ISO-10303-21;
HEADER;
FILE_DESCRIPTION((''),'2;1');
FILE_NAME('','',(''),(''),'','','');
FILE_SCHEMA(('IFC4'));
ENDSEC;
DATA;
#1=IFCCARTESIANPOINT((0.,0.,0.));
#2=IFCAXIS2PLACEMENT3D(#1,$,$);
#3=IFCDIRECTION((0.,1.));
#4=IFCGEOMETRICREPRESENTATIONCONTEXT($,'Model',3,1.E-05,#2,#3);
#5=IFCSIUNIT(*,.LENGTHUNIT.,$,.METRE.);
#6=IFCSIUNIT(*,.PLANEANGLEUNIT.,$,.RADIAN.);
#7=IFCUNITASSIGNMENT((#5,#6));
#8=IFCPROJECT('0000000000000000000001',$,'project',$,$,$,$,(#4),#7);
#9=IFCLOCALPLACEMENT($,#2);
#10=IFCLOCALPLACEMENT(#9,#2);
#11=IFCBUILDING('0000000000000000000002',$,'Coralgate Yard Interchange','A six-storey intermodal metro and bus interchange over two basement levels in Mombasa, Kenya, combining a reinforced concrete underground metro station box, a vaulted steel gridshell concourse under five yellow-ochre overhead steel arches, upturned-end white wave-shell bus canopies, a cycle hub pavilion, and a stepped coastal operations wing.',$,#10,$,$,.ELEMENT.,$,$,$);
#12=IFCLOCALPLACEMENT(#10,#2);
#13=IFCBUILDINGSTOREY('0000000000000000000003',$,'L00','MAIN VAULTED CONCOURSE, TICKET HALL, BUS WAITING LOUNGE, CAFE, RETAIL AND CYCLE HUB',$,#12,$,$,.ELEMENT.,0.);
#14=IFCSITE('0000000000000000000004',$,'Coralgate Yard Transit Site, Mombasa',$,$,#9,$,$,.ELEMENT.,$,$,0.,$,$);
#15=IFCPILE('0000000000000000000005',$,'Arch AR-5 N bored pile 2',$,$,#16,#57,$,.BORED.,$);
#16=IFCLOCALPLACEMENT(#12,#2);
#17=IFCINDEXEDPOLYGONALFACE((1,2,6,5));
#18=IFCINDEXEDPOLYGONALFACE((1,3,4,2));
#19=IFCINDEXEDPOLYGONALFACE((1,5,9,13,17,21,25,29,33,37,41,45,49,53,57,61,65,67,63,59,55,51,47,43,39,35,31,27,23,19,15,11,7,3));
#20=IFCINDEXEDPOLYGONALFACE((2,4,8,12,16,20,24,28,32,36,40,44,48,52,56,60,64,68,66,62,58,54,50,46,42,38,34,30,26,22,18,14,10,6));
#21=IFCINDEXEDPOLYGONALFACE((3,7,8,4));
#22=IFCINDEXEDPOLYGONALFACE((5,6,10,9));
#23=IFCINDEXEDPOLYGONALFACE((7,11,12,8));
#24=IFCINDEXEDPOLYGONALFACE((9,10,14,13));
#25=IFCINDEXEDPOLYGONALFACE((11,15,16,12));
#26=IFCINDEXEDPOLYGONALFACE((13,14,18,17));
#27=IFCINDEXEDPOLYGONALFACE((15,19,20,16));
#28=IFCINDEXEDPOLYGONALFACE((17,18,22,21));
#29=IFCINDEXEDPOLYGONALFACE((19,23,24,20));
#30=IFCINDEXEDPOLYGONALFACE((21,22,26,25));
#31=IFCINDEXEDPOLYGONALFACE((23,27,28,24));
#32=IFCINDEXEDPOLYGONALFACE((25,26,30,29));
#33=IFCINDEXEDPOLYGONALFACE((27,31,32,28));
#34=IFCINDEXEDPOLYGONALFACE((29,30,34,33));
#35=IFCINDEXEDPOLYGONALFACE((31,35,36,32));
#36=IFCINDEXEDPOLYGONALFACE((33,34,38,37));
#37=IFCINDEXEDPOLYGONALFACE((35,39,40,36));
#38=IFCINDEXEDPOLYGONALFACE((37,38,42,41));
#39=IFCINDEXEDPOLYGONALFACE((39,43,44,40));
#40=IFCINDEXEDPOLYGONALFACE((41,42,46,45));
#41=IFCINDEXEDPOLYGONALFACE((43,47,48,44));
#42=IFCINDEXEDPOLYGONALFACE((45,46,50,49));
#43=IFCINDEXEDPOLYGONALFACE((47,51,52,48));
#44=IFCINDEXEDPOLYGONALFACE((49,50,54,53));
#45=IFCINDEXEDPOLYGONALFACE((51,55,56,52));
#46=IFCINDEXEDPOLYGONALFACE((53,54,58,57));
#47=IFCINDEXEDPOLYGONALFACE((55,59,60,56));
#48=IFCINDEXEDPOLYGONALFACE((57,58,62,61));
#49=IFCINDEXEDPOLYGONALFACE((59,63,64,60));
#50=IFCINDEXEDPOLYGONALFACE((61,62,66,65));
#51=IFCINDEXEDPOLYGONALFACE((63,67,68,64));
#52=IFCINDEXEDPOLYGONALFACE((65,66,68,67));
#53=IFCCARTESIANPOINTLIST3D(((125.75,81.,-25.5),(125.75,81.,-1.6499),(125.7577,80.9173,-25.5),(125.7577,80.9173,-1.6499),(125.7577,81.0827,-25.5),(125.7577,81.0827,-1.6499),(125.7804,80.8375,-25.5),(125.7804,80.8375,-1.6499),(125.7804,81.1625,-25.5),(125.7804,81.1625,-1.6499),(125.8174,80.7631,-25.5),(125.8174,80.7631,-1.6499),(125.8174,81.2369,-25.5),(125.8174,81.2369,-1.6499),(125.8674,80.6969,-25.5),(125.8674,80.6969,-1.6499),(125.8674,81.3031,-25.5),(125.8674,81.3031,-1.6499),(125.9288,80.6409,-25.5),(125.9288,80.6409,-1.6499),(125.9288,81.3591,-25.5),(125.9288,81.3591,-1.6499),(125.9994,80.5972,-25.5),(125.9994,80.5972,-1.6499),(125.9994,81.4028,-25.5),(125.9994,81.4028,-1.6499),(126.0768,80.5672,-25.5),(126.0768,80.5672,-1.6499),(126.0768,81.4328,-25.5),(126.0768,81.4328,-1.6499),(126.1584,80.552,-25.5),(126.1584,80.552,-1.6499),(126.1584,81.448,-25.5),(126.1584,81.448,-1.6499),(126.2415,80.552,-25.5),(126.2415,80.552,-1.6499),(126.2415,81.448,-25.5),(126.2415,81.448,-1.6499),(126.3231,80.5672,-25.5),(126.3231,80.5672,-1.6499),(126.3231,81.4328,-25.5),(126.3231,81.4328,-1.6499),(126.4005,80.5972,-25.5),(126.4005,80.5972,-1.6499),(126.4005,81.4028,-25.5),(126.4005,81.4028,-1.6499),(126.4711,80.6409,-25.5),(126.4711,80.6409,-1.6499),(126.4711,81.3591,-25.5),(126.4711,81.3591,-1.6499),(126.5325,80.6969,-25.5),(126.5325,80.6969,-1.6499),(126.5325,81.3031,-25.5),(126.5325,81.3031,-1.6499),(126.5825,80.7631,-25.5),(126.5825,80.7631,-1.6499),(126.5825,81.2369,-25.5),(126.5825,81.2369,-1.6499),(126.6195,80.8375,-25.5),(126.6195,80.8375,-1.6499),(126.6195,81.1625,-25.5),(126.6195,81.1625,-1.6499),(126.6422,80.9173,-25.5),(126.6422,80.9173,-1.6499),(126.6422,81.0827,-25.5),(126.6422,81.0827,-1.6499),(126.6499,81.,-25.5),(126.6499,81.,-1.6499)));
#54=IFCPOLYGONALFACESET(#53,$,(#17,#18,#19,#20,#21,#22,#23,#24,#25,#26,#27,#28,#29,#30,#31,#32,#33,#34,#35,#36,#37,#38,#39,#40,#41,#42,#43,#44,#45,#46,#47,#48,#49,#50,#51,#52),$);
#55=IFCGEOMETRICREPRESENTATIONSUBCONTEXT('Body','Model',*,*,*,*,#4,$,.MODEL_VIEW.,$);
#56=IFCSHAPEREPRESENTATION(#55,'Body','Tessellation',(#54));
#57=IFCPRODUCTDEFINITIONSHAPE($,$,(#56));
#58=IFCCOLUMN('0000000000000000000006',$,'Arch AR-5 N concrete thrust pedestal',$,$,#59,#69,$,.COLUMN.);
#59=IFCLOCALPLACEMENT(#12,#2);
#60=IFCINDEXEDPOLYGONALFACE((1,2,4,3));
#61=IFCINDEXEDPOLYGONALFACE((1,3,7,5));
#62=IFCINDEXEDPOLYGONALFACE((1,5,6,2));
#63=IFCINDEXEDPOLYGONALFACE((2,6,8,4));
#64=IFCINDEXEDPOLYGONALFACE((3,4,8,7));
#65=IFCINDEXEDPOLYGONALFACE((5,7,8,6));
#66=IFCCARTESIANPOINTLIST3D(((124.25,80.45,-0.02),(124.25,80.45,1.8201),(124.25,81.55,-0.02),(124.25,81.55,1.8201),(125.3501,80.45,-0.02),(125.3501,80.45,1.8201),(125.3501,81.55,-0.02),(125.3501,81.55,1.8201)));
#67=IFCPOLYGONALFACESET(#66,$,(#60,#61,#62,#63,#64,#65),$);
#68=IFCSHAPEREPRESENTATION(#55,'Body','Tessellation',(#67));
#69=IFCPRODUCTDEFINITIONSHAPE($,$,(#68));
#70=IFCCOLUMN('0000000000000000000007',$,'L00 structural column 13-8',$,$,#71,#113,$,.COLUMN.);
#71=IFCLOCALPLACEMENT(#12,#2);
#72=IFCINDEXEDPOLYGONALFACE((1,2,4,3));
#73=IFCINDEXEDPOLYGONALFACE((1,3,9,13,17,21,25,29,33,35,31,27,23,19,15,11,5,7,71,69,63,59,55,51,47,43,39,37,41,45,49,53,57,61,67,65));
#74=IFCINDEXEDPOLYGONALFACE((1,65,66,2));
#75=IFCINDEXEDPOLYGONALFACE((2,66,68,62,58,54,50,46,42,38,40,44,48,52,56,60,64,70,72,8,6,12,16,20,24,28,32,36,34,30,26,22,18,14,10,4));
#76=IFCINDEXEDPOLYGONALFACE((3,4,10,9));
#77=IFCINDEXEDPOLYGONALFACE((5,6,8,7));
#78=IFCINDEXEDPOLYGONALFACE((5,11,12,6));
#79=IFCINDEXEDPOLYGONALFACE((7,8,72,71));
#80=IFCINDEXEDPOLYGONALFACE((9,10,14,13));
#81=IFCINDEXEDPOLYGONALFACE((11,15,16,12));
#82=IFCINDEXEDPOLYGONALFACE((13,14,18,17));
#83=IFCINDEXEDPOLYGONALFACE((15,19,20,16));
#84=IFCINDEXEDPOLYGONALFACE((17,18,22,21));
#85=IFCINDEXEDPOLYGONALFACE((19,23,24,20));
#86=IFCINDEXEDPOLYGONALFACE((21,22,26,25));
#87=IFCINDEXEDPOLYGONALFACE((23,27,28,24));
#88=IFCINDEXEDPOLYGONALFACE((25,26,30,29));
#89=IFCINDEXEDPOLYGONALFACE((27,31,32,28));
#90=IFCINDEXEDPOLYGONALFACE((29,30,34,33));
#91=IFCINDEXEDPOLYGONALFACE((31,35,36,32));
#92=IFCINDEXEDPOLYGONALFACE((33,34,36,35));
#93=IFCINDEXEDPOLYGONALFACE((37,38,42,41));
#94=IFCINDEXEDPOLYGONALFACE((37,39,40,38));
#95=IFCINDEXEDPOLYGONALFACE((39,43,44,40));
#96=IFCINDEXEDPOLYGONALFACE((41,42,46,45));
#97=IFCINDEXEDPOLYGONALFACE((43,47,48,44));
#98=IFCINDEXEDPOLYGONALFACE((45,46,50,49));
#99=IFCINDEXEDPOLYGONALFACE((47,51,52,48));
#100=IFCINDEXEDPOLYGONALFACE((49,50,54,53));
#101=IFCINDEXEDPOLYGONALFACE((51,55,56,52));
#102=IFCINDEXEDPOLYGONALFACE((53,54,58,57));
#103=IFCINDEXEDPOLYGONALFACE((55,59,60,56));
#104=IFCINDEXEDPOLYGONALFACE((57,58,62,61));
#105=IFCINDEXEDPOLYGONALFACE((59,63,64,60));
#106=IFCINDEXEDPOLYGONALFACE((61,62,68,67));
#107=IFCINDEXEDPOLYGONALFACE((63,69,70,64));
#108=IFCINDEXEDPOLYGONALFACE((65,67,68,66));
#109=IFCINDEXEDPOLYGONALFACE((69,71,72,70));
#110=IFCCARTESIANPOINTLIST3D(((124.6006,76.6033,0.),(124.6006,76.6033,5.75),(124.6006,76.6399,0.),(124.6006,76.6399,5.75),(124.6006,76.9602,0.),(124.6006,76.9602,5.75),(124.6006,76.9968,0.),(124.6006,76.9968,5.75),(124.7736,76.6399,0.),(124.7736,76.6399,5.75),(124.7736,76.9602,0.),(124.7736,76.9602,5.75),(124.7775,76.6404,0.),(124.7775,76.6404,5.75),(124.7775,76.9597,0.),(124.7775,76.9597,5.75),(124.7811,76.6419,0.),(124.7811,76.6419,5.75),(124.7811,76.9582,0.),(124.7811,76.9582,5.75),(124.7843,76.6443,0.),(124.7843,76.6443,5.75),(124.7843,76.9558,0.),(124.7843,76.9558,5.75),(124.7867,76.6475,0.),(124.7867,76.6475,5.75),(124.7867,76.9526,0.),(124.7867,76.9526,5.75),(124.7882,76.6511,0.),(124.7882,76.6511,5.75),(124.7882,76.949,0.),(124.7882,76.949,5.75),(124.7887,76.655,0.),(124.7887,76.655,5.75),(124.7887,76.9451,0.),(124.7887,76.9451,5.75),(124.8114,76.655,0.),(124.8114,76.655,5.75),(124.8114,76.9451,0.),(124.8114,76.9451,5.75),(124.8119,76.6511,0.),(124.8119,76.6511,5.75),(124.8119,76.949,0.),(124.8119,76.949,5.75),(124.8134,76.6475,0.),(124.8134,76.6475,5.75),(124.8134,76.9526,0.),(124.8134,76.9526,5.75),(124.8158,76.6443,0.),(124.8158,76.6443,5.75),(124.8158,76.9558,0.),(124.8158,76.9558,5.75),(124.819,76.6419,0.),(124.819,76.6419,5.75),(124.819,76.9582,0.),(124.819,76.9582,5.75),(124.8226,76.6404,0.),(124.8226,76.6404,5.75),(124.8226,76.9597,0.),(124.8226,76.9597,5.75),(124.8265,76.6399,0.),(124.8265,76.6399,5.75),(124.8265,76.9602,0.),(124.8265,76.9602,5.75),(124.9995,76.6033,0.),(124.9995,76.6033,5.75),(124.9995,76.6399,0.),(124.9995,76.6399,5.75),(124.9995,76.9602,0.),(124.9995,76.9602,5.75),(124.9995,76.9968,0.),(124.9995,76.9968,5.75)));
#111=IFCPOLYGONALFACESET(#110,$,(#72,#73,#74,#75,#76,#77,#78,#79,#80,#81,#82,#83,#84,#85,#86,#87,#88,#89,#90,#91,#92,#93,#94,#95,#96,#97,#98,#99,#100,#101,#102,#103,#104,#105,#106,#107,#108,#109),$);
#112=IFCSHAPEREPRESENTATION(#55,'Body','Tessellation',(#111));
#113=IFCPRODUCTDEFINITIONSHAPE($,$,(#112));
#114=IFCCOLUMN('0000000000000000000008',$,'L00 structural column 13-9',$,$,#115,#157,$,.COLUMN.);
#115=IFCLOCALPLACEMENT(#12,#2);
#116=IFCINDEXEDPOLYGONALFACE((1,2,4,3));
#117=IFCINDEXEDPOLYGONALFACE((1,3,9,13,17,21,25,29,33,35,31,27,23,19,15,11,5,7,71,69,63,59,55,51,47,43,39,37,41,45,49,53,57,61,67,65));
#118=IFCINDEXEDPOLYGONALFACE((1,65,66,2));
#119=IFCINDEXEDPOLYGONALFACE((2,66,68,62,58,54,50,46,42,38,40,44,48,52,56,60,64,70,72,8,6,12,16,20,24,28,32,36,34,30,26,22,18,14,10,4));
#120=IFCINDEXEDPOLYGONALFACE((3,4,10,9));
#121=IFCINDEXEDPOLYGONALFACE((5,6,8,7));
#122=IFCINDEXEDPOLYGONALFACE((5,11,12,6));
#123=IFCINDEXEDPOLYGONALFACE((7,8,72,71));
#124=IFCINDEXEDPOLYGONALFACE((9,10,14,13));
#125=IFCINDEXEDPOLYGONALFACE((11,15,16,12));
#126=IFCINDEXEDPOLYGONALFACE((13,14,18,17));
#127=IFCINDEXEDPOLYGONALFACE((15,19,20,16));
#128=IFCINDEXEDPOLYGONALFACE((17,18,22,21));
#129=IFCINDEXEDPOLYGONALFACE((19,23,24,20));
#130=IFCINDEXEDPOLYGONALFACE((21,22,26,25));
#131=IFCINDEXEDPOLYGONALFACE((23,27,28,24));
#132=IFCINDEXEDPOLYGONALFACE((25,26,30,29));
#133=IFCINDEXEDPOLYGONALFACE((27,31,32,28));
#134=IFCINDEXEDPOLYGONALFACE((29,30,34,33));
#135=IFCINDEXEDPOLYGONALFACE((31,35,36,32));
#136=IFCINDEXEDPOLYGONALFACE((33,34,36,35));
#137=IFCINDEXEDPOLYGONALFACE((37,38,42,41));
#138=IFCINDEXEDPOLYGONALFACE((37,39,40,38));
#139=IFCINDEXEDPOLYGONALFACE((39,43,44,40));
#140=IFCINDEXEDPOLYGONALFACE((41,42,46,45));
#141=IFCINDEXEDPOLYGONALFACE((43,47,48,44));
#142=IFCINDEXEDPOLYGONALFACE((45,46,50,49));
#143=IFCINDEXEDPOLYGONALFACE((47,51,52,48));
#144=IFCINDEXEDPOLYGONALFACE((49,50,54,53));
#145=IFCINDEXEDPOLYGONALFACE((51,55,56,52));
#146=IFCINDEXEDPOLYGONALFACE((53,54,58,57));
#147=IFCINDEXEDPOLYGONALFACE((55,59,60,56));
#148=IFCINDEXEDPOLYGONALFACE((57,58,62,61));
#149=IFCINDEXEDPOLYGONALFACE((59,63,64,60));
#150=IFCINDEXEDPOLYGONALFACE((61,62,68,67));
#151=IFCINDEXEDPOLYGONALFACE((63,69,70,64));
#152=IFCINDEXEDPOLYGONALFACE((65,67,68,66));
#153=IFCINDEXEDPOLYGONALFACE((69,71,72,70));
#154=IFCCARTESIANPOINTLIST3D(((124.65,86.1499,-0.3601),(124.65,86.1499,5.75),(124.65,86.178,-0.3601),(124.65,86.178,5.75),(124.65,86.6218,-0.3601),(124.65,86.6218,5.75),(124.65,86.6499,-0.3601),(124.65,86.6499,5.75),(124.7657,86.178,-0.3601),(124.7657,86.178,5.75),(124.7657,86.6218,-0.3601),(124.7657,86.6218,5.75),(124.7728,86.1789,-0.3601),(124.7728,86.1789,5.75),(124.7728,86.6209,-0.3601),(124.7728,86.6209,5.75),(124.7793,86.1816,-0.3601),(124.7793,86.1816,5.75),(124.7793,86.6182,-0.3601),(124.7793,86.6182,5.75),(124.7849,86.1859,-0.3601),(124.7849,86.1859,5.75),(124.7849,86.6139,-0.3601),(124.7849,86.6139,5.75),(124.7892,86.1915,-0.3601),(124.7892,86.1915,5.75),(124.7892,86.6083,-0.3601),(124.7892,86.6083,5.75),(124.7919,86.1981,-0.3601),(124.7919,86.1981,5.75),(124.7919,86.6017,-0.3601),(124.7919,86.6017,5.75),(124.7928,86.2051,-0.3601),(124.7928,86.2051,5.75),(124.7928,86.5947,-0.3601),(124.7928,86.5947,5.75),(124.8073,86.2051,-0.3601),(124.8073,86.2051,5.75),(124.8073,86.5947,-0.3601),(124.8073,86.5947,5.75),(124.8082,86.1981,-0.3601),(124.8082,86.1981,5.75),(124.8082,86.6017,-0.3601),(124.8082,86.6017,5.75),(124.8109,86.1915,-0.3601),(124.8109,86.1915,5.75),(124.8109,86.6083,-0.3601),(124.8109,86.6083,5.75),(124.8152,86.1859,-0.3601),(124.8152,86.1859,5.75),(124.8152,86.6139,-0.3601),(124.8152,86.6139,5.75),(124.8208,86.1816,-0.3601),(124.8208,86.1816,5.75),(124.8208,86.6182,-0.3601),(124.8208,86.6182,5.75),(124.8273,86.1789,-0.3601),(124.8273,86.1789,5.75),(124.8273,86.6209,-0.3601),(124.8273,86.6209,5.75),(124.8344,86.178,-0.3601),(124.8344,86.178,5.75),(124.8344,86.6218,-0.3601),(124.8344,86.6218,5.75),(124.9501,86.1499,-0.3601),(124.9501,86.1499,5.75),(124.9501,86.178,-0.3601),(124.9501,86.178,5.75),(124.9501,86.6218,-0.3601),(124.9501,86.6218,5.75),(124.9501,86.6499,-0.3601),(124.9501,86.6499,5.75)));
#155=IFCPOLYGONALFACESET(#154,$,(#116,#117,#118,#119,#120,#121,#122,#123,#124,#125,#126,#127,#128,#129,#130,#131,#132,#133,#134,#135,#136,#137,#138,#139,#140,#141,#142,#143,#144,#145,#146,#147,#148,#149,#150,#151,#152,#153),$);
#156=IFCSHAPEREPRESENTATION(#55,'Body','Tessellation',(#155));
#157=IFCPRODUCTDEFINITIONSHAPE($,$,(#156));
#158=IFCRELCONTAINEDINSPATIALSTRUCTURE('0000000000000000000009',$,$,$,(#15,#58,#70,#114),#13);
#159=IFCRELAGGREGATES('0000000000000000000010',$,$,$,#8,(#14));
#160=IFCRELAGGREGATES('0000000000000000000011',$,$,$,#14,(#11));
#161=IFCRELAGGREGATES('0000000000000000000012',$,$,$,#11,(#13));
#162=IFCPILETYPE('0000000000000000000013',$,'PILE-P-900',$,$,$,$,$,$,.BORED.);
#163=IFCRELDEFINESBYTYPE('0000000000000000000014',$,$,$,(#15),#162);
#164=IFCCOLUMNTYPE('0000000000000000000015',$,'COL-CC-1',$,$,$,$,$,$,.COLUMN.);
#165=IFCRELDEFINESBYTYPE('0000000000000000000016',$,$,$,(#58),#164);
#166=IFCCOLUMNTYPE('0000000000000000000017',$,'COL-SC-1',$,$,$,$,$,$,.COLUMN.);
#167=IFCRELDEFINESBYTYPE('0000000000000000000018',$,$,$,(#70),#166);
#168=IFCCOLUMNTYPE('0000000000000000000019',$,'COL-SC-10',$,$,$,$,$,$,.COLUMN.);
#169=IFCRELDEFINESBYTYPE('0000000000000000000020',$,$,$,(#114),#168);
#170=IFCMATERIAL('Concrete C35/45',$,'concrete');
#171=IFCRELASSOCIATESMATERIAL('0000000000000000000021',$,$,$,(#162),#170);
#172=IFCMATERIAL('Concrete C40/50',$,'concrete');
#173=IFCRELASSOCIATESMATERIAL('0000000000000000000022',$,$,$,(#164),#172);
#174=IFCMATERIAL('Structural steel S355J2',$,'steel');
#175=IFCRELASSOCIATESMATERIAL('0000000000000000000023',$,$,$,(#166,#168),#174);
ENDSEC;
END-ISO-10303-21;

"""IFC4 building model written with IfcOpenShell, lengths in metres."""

from ifc_helpers import new_model, si_unit, direction, frame, origin, origin_2d, place, context, subcontext, project, spatial, rectangle, circle, i_section, extrude, material, material_profile, profile_set, type_object, element, save


model = new_model("IFC4")

# Units and contexts
model_context = context("Model", 3, precision=1e-05, world=origin(), true_north=direction((0.0, 1.0)))
body_context = subcontext(model_context, "Body", "Model", "MODEL_VIEW")
ifc_project = project(units=[si_unit("LENGTHUNIT", "METRE"), si_unit("PLANEANGLEUNIT", "RADIAN")], contexts=[model_context])

# Site, building, storey
site_placement = place(None, origin())
site = spatial("IfcSite", under=ifc_project, at=site_placement, Name="Coralgate Yard Transit Site, Mombasa", CompositionType="ELEMENT", RefElevation=0.0)
building_placement = place(site_placement, origin())
building = spatial("IfcBuilding", under=site, at=building_placement, Name="Coralgate Yard Interchange", Description="A six-storey intermodal metro and bus interchange over two basement levels in Mombasa, Kenya, combining a reinforced concrete underground metro station box, a vaulted steel gridshell concourse under five yellow-ochre overhead steel arches, upturned-end white wave-shell bus canopies, a cycle hub pavilion, and a stepped coastal operations wing.", CompositionType="ELEMENT")
storey_placement = place(building_placement, origin())
storey = spatial("IfcBuildingStorey", under=building, at=storey_placement, Name="L00", Description="MAIN VAULTED CONCOURSE, TICKET HALL, BUS WAITING LOUNGE, CAFE, RETAIL AND CYCLE HUB", CompositionType="ELEMENT", Elevation=0.0)

# Shared definitions
ifc_material_1 = material(Name="Concrete C40/50", Category="concrete")

# Pile
ifc_material_2 = material(Name="Concrete C35/45", Category="concrete")
ifc_material_profile_1 = material_profile(ifc_material_2, circle(Radius=0.45, at=origin_2d()), Name="BORED PILE D900")
ifc_profile_set_1 = profile_set([ifc_material_profile_1], Name="Concrete C35/45")
pile_type = type_object("IfcPileType", Name="PILE-P-900", PredefinedType="BORED", material=ifc_profile_set_1)
for number, where, z_axis, x_axis, name in (
    (1, (126.2, 81.0, -1.6499), (0.0, 0.0, -1.0), (1.0, 0.0, 0.0), "Arch AR-5 N bored pile 2"),
):
    element("IfcPile", number, at=place(storey_placement, frame(where, z_axis=z_axis, x_axis=x_axis)), inside=storey, type_object=pile_type, Name=name, PredefinedType="BORED", context=body_context, shape_type="SweptSolid", body=[
        extrude(circle(Radius=0.45, at=origin_2d()), origin(), (0.0, 0.0, 1.0), 23.8501),
    ])

# Columns
ifc_material_profile_2 = material_profile(ifc_material_1, rectangle(XDim=1.1001, YDim=1.1001, at=origin_2d()), Name="RC 1100x1100")
ifc_profile_set_2 = profile_set([ifc_material_profile_2], Name="Concrete C40/50")
column_type_1 = type_object("IfcColumnType", Name="COL-CC-1", PredefinedType="COLUMN", material=ifc_profile_set_2)
column_1_placement = place(storey_placement, frame((124.8, 81.0, -0.02), z_axis=(0.0, 0.0, 1.0), x_axis=(1.0, 0.0, 0.0)))
element("IfcColumn", 2, at=column_1_placement, inside=storey, type_object=column_type_1, Name="Arch AR-5 N concrete thrust pedestal", PredefinedType="COLUMN", context=body_context, shape_type="SweptSolid", body=[
    extrude(rectangle(XDim=1.1001, YDim=1.1001, at=origin_2d()), origin(), (0.0, 0.0, 1.0), 1.8401),
])
ifc_material_3 = material(Name="Structural steel S355J2", Category="steel")
ifc_material_profile_3 = material_profile(ifc_material_3, i_section(OverallWidth=0.3989, OverallDepth=0.3936, WebThickness=0.0227, FlangeThickness=0.0366, FilletRadius=0.0151, at=origin_2d()), Name="UC 356x406x287")
ifc_profile_set_3 = profile_set([ifc_material_profile_3], Name="Structural steel S355J2")
column_type_2 = type_object("IfcColumnType", Name="COL-SC-1", PredefinedType="COLUMN", material=ifc_profile_set_3)
column_2_placement = place(storey_placement, frame((124.8, 76.8, 0.0), z_axis=(0.0, 0.0, 1.0), x_axis=(1.0, 0.0, 0.0)))
element("IfcColumn", 3, at=column_2_placement, inside=storey, type_object=column_type_2, Name="L00 structural column 13-8", PredefinedType="COLUMN", context=body_context, shape_type="SweptSolid", body=[
    extrude(i_section(OverallWidth=0.3989, OverallDepth=0.3936, WebThickness=0.0227, FlangeThickness=0.0366, FilletRadius=0.0151, at=origin_2d()), origin(), (0.0, 0.0, 1.0), 5.75),
])
ifc_material_profile_4 = material_profile(ifc_material_3, i_section(OverallWidth=0.3, OverallDepth=0.5, WebThickness=0.0144, FlangeThickness=0.0281, FilletRadius=0.0271, at=origin_2d()), Name="HEB 500")
ifc_profile_set_4 = profile_set([ifc_material_profile_4], Name="Structural steel S355J2")
column_type_3 = type_object("IfcColumnType", Name="COL-SC-10", PredefinedType="COLUMN", material=ifc_profile_set_4)
column_3_placement = place(storey_placement, frame((124.8, 86.3999, -0.3601), z_axis=(0.0, 0.0, 1.0), x_axis=(1.0, 0.0, 0.0)))
element("IfcColumn", 4, at=column_3_placement, inside=storey, type_object=column_type_3, Name="L00 structural column 13-9", PredefinedType="COLUMN", context=body_context, shape_type="SweptSolid", body=[
    extrude(i_section(OverallWidth=0.3, OverallDepth=0.5, WebThickness=0.0144, FlangeThickness=0.0281, FilletRadius=0.0271, at=origin_2d()), origin(), (0.0, 0.0, 1.0), 6.1101),
])

save(model, "model.ifc")
